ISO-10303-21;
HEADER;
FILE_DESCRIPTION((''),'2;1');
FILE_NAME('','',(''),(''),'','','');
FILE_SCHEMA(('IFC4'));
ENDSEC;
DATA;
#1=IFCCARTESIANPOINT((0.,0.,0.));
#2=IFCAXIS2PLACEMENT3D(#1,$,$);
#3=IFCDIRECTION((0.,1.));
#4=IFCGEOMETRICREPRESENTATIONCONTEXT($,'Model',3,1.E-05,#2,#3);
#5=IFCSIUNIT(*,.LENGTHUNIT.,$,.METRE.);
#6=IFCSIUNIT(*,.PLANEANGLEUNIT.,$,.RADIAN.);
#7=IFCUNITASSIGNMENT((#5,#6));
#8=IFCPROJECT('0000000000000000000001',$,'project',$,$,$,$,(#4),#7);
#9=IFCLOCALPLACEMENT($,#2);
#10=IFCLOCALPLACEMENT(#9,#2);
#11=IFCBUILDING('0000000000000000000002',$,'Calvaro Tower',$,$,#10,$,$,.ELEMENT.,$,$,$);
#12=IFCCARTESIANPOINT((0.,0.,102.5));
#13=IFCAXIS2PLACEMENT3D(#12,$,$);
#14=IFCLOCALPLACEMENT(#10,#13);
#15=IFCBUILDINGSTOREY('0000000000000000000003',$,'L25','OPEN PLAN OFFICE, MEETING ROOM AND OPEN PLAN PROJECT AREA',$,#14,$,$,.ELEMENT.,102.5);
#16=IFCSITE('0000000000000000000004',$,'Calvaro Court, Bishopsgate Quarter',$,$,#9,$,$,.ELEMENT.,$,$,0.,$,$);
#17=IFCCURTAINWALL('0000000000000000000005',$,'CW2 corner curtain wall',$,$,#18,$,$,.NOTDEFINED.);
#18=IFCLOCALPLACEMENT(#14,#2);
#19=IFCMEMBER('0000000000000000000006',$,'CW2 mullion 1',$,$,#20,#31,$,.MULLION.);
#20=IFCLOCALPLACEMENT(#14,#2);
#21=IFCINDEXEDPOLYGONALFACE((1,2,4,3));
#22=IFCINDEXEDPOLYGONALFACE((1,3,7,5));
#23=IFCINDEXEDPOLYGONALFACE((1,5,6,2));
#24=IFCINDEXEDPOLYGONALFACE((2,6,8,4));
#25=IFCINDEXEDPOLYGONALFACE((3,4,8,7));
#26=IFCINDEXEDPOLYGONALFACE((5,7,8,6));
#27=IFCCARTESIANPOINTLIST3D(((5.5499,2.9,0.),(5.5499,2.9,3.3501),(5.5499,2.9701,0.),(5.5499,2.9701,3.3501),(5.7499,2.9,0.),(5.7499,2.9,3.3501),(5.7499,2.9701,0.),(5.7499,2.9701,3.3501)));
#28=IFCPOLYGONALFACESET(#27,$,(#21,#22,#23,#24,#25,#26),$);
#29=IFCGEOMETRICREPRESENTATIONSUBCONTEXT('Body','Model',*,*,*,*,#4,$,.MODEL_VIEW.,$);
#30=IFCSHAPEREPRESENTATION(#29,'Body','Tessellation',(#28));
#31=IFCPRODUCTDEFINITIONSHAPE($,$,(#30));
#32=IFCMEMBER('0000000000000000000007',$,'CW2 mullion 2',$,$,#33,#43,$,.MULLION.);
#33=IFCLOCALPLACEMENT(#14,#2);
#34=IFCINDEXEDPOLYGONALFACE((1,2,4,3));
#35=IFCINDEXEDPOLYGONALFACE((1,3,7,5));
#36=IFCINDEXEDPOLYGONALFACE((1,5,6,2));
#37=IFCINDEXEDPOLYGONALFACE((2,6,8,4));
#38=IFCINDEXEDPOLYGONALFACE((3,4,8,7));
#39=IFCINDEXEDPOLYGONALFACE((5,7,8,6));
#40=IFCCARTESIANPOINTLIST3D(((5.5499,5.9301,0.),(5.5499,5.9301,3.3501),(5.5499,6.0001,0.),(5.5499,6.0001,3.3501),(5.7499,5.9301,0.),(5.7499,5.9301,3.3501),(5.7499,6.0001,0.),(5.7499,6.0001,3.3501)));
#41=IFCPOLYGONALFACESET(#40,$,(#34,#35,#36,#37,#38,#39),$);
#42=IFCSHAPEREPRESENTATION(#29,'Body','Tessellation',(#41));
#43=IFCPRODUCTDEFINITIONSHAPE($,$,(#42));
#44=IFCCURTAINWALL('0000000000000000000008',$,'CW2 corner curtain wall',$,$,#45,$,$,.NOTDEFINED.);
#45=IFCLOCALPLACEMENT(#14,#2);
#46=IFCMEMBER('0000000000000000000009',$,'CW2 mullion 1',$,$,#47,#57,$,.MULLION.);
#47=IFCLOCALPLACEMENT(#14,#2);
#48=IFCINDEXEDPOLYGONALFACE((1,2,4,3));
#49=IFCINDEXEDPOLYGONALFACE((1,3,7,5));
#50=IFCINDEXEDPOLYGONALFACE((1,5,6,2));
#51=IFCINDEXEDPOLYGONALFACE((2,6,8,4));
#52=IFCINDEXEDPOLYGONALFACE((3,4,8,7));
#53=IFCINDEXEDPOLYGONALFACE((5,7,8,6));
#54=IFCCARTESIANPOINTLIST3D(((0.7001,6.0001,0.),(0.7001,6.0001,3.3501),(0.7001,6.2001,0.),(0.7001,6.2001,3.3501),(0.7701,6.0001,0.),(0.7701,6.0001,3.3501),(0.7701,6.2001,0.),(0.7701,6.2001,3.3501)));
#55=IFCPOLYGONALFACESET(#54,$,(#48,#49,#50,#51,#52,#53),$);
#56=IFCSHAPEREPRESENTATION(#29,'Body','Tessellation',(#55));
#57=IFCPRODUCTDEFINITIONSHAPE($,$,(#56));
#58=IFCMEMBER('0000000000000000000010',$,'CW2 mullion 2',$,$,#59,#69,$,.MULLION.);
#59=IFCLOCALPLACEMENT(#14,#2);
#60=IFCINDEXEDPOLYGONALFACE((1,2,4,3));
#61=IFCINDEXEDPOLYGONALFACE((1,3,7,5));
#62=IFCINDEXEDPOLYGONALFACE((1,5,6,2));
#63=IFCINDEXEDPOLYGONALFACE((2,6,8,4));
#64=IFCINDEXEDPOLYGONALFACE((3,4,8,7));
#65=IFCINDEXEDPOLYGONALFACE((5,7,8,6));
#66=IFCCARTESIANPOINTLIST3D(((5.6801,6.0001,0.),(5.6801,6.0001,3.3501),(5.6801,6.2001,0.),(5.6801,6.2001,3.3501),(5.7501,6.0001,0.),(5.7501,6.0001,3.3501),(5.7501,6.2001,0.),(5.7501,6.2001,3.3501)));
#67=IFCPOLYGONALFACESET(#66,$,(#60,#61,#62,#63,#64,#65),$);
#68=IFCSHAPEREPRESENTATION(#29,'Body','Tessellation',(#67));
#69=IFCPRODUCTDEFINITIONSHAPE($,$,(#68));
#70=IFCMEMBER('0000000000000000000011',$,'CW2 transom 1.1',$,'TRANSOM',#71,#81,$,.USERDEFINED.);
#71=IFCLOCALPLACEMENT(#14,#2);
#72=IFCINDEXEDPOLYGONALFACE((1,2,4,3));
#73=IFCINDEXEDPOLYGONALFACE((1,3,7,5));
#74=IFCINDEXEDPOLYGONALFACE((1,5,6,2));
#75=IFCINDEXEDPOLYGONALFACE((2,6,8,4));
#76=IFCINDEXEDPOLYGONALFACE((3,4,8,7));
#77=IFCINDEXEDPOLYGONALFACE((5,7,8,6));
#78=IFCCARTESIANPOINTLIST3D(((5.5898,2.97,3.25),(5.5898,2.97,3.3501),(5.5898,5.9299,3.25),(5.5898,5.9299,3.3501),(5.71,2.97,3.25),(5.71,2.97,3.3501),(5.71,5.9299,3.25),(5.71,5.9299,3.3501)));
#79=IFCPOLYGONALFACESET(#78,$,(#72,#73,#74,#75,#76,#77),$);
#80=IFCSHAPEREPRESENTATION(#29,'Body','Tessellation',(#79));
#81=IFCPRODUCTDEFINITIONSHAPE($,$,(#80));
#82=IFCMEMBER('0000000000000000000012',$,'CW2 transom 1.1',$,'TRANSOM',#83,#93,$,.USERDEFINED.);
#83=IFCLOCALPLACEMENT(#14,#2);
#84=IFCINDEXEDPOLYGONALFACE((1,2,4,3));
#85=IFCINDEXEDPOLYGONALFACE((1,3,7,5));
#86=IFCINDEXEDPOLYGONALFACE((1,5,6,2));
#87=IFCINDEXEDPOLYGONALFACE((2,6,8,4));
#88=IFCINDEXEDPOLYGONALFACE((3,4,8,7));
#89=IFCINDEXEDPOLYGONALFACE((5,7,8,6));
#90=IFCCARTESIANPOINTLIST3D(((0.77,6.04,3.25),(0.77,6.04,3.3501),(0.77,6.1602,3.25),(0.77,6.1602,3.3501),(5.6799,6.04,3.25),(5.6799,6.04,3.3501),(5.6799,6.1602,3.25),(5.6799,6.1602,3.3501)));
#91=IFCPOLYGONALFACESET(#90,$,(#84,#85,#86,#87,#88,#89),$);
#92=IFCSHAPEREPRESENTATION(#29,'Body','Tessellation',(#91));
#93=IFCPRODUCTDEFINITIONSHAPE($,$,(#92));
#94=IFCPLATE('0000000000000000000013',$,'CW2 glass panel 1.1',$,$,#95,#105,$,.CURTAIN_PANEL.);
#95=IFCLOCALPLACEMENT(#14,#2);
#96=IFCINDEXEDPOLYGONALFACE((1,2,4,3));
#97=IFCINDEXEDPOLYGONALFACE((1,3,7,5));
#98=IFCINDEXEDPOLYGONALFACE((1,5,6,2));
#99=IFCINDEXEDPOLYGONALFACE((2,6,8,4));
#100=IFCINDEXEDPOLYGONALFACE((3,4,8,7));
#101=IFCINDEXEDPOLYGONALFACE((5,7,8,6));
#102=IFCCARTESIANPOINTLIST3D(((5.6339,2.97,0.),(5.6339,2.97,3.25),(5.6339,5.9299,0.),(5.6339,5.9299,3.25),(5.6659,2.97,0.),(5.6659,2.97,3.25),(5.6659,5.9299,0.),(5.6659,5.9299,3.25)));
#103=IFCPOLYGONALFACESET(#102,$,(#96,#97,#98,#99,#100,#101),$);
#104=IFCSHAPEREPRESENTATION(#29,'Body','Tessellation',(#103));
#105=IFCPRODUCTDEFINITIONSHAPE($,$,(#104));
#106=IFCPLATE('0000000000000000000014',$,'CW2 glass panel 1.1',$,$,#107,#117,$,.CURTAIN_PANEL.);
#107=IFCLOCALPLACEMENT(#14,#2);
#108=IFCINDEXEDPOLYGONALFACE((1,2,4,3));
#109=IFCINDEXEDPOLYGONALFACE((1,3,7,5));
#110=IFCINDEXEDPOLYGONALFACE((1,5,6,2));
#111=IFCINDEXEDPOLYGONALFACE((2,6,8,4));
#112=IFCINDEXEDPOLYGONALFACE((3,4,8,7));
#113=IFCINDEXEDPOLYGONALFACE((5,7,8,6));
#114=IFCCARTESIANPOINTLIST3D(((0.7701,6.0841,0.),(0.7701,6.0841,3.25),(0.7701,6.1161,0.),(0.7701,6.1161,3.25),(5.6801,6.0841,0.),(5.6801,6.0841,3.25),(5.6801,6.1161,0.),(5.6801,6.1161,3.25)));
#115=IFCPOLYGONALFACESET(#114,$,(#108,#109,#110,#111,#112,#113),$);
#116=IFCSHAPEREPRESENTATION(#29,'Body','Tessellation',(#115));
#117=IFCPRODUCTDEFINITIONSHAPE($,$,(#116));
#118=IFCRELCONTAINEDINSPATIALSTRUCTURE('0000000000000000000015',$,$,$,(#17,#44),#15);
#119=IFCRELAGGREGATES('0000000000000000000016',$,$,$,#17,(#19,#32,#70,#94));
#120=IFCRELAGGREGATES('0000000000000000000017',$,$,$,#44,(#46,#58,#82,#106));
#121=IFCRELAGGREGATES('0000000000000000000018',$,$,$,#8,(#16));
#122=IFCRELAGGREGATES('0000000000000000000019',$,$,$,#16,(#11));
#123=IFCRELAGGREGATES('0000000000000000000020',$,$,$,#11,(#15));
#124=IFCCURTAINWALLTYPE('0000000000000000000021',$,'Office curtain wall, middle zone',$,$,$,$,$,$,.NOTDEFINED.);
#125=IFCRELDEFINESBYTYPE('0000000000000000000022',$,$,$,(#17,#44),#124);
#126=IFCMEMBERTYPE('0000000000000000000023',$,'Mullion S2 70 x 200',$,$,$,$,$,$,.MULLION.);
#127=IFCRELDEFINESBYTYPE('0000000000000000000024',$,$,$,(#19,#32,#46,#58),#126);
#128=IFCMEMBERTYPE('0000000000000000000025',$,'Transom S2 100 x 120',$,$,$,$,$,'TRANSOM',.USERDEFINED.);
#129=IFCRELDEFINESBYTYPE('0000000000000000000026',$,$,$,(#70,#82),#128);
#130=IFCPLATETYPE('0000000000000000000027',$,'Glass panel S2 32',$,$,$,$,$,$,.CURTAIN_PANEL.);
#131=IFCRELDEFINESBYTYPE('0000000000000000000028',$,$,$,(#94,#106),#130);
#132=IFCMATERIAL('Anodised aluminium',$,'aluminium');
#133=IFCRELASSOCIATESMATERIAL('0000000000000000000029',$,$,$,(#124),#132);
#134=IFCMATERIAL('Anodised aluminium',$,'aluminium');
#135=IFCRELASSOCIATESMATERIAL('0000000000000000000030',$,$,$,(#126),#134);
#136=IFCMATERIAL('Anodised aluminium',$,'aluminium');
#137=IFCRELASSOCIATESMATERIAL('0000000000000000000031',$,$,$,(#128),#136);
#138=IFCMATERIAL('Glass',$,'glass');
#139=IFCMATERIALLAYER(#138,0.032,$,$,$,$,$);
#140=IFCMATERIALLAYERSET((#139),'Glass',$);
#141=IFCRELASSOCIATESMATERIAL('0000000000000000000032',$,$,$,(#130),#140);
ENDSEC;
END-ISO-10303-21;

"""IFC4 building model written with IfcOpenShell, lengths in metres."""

from ifc_helpers import new_model, si_unit, direction, frame, origin, origin_2d, place, context, subcontext, project, spatial, rectangle, extrude, material, layer, layer_set, material_profile, profile_set, type_object, element, aggregate, save


model = new_model("IFC4")

# Units and contexts
model_context = context("Model", 3, precision=1e-05, world=origin(), true_north=direction((0.0, 1.0)))
body_context = subcontext(model_context, "Body", "Model", "MODEL_VIEW")
ifc_project = project(units=[si_unit("LENGTHUNIT", "METRE"), si_unit("PLANEANGLEUNIT", "RADIAN")], contexts=[model_context])

# Site, building, storey
site_placement = place(None, origin())
site = spatial("IfcSite", under=ifc_project, at=site_placement, Name="Calvaro Court, Bishopsgate Quarter", CompositionType="ELEMENT", RefElevation=0.0)
building_placement = place(site_placement, origin())
building = spatial("IfcBuilding", under=site, at=building_placement, Name="Calvaro Tower", CompositionType="ELEMENT")
storey_placement = place(building_placement, frame((0.0, 0.0, 102.5)))
storey = spatial("IfcBuildingStorey", under=building, at=storey_placement, Name="L25", Description="OPEN PLAN OFFICE, MEETING ROOM AND OPEN PLAN PROJECT AREA", CompositionType="ELEMENT", Elevation=102.5)

# Curtain walls, members
ifc_material_1 = material(Name="Anodised aluminium", Category="aluminium")
curtain_wall_type = type_object("IfcCurtainWallType", Name="Office curtain wall, middle zone", PredefinedType="NOTDEFINED", material=ifc_material_1)
curtain_wall_1_placement = place(storey_placement, origin())
curtain_wall_1 = element("IfcCurtainWall", 1, at=curtain_wall_1_placement, inside=storey, type_object=curtain_wall_type, Name="CW2 corner curtain wall", PredefinedType="NOTDEFINED")
ifc_material_2 = material(Name="Anodised aluminium", Category="aluminium")
ifc_material_profile_1 = material_profile(ifc_material_2, rectangle(XDim=0.2, YDim=0.0701, at=origin_2d()), Name="Mullion S2 70 x 200")
ifc_profile_set_1 = profile_set([ifc_material_profile_1], Name="Anodised aluminium")
member_type_1 = type_object("IfcMemberType", Name="Mullion S2 70 x 200", PredefinedType="MULLION", material=ifc_profile_set_1)
member_1_placement = place(storey_placement, frame((5.6499, 2.9351, 0.0), z_axis=(0.0, 0.0, 1.0), x_axis=(-1.0, 0.0, 0.0)))
member_1 = element("IfcMember", 2, at=member_1_placement, type_object=member_type_1, Name="CW2 mullion 1", PredefinedType="MULLION", context=body_context, shape_type="SweptSolid", body=[
    extrude(rectangle(XDim=0.2, YDim=0.0701, at=origin_2d()), origin(), (0.0, 0.0, 1.0), 3.3501),
])
member_2_placement = place(storey_placement, frame((5.6499, 5.9651, 0.0), z_axis=(0.0, 0.0, 1.0), x_axis=(-1.0, 0.0, 0.0)))
member_2 = element("IfcMember", 3, at=member_2_placement, type_object=member_type_1, Name="CW2 mullion 2", PredefinedType="MULLION", context=body_context, shape_type="SweptSolid", body=[
    extrude(rectangle(XDim=0.2, YDim=0.0701, at=origin_2d()), origin(), (0.0, 0.0, 1.0), 3.3501),
])
curtain_wall_2_placement = place(storey_placement, origin())
curtain_wall_2 = element("IfcCurtainWall", 4, at=curtain_wall_2_placement, inside=storey, type_object=curtain_wall_type, Name="CW2 corner curtain wall", PredefinedType="NOTDEFINED")
member_3_placement = place(storey_placement, frame((0.7351, 6.1001, 0.0), z_axis=(0.0, 0.0, 1.0), x_axis=(0.0, 1.0, 0.0)))
member_3 = element("IfcMember", 5, at=member_3_placement, type_object=member_type_1, Name="CW2 mullion 1", PredefinedType="MULLION", context=body_context, shape_type="SweptSolid", body=[
    extrude(rectangle(XDim=0.2, YDim=0.0701, at=origin_2d()), origin(), (0.0, 0.0, 1.0), 3.3501),
])
member_4_placement = place(storey_placement, frame((5.7151, 6.1001, 0.0), z_axis=(0.0, 0.0, 1.0), x_axis=(0.0, 1.0, 0.0)))
member_4 = element("IfcMember", 6, at=member_4_placement, type_object=member_type_1, Name="CW2 mullion 2", PredefinedType="MULLION", context=body_context, shape_type="SweptSolid", body=[
    extrude(rectangle(XDim=0.2, YDim=0.0701, at=origin_2d()), origin(), (0.0, 0.0, 1.0), 3.3501),
])

# Members
ifc_material_3 = material(Name="Anodised aluminium", Category="aluminium")
ifc_material_profile_2 = material_profile(ifc_material_3, rectangle(XDim=0.1201, YDim=0.1001, at=origin_2d()), Name="Transom S2 100 x 120")
ifc_profile_set_2 = profile_set([ifc_material_profile_2], Name="Anodised aluminium")
member_type_2 = type_object("IfcMemberType", Name="Transom S2 100 x 120", ElementType="TRANSOM", PredefinedType="USERDEFINED", material=ifc_profile_set_2)
member_5_placement = place(storey_placement, frame((5.6499, 2.97, 3.3), z_axis=(0.0, 1.0, 0.0), x_axis=(-1.0, 0.0, 0.0)))
member_5 = element("IfcMember", 7, at=member_5_placement, type_object=member_type_2, Name="CW2 transom 1.1", ObjectType="TRANSOM", PredefinedType="USERDEFINED", context=body_context, shape_type="SweptSolid", body=[
    extrude(rectangle(XDim=0.1201, YDim=0.1001, at=origin_2d()), origin(), (0.0, 0.0, 1.0), 2.96),
])
member_6_placement = place(storey_placement, frame((0.77, 6.1001, 3.3), z_axis=(1.0, 0.0, 0.0), x_axis=(0.0, 1.0, 0.0)))
member_6 = element("IfcMember", 8, at=member_6_placement, type_object=member_type_2, Name="CW2 transom 1.1", ObjectType="TRANSOM", PredefinedType="USERDEFINED", context=body_context, shape_type="SweptSolid", body=[
    extrude(rectangle(XDim=0.1201, YDim=0.1001, at=origin_2d()), origin(), (0.0, 0.0, 1.0), 4.9099),
])

# Plates
ifc_material_4 = material(Name="Glass", Category="glass")
ifc_layer_1 = layer(ifc_material_4, 0.032)
ifc_layer_set_1 = layer_set([ifc_layer_1], Name="Glass")
plate_type = type_object("IfcPlateType", Name="Glass panel S2 32", PredefinedType="CURTAIN_PANEL", material=ifc_layer_set_1)
plate_1_placement = place(storey_placement, frame((5.6499, 4.45, 0.0), z_axis=(0.0, 0.0, 1.0), x_axis=(0.0, 1.0, 0.0)))
plate_1 = element("IfcPlate", 9, at=plate_1_placement, type_object=plate_type, Name="CW2 glass panel 1.1", PredefinedType="CURTAIN_PANEL", context=body_context, shape_type="SweptSolid", body=[
    extrude(rectangle(XDim=2.96, YDim=0.032, at=origin_2d()), origin(), (0.0, 0.0, 1.0), 3.25),
])
aggregate(curtain_wall_1, [member_1, member_2, member_5, plate_1])
plate_2_placement = place(storey_placement, frame((3.2251, 6.1001, 0.0), z_axis=(0.0, 0.0, 1.0), x_axis=(1.0, 0.0, 0.0)))
plate_2 = element("IfcPlate", 10, at=plate_2_placement, type_object=plate_type, Name="CW2 glass panel 1.1", PredefinedType="CURTAIN_PANEL", context=body_context, shape_type="SweptSolid", body=[
    extrude(rectangle(XDim=4.9099, YDim=0.032, at=origin_2d()), origin(), (0.0, 0.0, 1.0), 3.25),
])
aggregate(curtain_wall_2, [member_3, member_4, member_6, plate_2])

save(model, "model.ifc")
